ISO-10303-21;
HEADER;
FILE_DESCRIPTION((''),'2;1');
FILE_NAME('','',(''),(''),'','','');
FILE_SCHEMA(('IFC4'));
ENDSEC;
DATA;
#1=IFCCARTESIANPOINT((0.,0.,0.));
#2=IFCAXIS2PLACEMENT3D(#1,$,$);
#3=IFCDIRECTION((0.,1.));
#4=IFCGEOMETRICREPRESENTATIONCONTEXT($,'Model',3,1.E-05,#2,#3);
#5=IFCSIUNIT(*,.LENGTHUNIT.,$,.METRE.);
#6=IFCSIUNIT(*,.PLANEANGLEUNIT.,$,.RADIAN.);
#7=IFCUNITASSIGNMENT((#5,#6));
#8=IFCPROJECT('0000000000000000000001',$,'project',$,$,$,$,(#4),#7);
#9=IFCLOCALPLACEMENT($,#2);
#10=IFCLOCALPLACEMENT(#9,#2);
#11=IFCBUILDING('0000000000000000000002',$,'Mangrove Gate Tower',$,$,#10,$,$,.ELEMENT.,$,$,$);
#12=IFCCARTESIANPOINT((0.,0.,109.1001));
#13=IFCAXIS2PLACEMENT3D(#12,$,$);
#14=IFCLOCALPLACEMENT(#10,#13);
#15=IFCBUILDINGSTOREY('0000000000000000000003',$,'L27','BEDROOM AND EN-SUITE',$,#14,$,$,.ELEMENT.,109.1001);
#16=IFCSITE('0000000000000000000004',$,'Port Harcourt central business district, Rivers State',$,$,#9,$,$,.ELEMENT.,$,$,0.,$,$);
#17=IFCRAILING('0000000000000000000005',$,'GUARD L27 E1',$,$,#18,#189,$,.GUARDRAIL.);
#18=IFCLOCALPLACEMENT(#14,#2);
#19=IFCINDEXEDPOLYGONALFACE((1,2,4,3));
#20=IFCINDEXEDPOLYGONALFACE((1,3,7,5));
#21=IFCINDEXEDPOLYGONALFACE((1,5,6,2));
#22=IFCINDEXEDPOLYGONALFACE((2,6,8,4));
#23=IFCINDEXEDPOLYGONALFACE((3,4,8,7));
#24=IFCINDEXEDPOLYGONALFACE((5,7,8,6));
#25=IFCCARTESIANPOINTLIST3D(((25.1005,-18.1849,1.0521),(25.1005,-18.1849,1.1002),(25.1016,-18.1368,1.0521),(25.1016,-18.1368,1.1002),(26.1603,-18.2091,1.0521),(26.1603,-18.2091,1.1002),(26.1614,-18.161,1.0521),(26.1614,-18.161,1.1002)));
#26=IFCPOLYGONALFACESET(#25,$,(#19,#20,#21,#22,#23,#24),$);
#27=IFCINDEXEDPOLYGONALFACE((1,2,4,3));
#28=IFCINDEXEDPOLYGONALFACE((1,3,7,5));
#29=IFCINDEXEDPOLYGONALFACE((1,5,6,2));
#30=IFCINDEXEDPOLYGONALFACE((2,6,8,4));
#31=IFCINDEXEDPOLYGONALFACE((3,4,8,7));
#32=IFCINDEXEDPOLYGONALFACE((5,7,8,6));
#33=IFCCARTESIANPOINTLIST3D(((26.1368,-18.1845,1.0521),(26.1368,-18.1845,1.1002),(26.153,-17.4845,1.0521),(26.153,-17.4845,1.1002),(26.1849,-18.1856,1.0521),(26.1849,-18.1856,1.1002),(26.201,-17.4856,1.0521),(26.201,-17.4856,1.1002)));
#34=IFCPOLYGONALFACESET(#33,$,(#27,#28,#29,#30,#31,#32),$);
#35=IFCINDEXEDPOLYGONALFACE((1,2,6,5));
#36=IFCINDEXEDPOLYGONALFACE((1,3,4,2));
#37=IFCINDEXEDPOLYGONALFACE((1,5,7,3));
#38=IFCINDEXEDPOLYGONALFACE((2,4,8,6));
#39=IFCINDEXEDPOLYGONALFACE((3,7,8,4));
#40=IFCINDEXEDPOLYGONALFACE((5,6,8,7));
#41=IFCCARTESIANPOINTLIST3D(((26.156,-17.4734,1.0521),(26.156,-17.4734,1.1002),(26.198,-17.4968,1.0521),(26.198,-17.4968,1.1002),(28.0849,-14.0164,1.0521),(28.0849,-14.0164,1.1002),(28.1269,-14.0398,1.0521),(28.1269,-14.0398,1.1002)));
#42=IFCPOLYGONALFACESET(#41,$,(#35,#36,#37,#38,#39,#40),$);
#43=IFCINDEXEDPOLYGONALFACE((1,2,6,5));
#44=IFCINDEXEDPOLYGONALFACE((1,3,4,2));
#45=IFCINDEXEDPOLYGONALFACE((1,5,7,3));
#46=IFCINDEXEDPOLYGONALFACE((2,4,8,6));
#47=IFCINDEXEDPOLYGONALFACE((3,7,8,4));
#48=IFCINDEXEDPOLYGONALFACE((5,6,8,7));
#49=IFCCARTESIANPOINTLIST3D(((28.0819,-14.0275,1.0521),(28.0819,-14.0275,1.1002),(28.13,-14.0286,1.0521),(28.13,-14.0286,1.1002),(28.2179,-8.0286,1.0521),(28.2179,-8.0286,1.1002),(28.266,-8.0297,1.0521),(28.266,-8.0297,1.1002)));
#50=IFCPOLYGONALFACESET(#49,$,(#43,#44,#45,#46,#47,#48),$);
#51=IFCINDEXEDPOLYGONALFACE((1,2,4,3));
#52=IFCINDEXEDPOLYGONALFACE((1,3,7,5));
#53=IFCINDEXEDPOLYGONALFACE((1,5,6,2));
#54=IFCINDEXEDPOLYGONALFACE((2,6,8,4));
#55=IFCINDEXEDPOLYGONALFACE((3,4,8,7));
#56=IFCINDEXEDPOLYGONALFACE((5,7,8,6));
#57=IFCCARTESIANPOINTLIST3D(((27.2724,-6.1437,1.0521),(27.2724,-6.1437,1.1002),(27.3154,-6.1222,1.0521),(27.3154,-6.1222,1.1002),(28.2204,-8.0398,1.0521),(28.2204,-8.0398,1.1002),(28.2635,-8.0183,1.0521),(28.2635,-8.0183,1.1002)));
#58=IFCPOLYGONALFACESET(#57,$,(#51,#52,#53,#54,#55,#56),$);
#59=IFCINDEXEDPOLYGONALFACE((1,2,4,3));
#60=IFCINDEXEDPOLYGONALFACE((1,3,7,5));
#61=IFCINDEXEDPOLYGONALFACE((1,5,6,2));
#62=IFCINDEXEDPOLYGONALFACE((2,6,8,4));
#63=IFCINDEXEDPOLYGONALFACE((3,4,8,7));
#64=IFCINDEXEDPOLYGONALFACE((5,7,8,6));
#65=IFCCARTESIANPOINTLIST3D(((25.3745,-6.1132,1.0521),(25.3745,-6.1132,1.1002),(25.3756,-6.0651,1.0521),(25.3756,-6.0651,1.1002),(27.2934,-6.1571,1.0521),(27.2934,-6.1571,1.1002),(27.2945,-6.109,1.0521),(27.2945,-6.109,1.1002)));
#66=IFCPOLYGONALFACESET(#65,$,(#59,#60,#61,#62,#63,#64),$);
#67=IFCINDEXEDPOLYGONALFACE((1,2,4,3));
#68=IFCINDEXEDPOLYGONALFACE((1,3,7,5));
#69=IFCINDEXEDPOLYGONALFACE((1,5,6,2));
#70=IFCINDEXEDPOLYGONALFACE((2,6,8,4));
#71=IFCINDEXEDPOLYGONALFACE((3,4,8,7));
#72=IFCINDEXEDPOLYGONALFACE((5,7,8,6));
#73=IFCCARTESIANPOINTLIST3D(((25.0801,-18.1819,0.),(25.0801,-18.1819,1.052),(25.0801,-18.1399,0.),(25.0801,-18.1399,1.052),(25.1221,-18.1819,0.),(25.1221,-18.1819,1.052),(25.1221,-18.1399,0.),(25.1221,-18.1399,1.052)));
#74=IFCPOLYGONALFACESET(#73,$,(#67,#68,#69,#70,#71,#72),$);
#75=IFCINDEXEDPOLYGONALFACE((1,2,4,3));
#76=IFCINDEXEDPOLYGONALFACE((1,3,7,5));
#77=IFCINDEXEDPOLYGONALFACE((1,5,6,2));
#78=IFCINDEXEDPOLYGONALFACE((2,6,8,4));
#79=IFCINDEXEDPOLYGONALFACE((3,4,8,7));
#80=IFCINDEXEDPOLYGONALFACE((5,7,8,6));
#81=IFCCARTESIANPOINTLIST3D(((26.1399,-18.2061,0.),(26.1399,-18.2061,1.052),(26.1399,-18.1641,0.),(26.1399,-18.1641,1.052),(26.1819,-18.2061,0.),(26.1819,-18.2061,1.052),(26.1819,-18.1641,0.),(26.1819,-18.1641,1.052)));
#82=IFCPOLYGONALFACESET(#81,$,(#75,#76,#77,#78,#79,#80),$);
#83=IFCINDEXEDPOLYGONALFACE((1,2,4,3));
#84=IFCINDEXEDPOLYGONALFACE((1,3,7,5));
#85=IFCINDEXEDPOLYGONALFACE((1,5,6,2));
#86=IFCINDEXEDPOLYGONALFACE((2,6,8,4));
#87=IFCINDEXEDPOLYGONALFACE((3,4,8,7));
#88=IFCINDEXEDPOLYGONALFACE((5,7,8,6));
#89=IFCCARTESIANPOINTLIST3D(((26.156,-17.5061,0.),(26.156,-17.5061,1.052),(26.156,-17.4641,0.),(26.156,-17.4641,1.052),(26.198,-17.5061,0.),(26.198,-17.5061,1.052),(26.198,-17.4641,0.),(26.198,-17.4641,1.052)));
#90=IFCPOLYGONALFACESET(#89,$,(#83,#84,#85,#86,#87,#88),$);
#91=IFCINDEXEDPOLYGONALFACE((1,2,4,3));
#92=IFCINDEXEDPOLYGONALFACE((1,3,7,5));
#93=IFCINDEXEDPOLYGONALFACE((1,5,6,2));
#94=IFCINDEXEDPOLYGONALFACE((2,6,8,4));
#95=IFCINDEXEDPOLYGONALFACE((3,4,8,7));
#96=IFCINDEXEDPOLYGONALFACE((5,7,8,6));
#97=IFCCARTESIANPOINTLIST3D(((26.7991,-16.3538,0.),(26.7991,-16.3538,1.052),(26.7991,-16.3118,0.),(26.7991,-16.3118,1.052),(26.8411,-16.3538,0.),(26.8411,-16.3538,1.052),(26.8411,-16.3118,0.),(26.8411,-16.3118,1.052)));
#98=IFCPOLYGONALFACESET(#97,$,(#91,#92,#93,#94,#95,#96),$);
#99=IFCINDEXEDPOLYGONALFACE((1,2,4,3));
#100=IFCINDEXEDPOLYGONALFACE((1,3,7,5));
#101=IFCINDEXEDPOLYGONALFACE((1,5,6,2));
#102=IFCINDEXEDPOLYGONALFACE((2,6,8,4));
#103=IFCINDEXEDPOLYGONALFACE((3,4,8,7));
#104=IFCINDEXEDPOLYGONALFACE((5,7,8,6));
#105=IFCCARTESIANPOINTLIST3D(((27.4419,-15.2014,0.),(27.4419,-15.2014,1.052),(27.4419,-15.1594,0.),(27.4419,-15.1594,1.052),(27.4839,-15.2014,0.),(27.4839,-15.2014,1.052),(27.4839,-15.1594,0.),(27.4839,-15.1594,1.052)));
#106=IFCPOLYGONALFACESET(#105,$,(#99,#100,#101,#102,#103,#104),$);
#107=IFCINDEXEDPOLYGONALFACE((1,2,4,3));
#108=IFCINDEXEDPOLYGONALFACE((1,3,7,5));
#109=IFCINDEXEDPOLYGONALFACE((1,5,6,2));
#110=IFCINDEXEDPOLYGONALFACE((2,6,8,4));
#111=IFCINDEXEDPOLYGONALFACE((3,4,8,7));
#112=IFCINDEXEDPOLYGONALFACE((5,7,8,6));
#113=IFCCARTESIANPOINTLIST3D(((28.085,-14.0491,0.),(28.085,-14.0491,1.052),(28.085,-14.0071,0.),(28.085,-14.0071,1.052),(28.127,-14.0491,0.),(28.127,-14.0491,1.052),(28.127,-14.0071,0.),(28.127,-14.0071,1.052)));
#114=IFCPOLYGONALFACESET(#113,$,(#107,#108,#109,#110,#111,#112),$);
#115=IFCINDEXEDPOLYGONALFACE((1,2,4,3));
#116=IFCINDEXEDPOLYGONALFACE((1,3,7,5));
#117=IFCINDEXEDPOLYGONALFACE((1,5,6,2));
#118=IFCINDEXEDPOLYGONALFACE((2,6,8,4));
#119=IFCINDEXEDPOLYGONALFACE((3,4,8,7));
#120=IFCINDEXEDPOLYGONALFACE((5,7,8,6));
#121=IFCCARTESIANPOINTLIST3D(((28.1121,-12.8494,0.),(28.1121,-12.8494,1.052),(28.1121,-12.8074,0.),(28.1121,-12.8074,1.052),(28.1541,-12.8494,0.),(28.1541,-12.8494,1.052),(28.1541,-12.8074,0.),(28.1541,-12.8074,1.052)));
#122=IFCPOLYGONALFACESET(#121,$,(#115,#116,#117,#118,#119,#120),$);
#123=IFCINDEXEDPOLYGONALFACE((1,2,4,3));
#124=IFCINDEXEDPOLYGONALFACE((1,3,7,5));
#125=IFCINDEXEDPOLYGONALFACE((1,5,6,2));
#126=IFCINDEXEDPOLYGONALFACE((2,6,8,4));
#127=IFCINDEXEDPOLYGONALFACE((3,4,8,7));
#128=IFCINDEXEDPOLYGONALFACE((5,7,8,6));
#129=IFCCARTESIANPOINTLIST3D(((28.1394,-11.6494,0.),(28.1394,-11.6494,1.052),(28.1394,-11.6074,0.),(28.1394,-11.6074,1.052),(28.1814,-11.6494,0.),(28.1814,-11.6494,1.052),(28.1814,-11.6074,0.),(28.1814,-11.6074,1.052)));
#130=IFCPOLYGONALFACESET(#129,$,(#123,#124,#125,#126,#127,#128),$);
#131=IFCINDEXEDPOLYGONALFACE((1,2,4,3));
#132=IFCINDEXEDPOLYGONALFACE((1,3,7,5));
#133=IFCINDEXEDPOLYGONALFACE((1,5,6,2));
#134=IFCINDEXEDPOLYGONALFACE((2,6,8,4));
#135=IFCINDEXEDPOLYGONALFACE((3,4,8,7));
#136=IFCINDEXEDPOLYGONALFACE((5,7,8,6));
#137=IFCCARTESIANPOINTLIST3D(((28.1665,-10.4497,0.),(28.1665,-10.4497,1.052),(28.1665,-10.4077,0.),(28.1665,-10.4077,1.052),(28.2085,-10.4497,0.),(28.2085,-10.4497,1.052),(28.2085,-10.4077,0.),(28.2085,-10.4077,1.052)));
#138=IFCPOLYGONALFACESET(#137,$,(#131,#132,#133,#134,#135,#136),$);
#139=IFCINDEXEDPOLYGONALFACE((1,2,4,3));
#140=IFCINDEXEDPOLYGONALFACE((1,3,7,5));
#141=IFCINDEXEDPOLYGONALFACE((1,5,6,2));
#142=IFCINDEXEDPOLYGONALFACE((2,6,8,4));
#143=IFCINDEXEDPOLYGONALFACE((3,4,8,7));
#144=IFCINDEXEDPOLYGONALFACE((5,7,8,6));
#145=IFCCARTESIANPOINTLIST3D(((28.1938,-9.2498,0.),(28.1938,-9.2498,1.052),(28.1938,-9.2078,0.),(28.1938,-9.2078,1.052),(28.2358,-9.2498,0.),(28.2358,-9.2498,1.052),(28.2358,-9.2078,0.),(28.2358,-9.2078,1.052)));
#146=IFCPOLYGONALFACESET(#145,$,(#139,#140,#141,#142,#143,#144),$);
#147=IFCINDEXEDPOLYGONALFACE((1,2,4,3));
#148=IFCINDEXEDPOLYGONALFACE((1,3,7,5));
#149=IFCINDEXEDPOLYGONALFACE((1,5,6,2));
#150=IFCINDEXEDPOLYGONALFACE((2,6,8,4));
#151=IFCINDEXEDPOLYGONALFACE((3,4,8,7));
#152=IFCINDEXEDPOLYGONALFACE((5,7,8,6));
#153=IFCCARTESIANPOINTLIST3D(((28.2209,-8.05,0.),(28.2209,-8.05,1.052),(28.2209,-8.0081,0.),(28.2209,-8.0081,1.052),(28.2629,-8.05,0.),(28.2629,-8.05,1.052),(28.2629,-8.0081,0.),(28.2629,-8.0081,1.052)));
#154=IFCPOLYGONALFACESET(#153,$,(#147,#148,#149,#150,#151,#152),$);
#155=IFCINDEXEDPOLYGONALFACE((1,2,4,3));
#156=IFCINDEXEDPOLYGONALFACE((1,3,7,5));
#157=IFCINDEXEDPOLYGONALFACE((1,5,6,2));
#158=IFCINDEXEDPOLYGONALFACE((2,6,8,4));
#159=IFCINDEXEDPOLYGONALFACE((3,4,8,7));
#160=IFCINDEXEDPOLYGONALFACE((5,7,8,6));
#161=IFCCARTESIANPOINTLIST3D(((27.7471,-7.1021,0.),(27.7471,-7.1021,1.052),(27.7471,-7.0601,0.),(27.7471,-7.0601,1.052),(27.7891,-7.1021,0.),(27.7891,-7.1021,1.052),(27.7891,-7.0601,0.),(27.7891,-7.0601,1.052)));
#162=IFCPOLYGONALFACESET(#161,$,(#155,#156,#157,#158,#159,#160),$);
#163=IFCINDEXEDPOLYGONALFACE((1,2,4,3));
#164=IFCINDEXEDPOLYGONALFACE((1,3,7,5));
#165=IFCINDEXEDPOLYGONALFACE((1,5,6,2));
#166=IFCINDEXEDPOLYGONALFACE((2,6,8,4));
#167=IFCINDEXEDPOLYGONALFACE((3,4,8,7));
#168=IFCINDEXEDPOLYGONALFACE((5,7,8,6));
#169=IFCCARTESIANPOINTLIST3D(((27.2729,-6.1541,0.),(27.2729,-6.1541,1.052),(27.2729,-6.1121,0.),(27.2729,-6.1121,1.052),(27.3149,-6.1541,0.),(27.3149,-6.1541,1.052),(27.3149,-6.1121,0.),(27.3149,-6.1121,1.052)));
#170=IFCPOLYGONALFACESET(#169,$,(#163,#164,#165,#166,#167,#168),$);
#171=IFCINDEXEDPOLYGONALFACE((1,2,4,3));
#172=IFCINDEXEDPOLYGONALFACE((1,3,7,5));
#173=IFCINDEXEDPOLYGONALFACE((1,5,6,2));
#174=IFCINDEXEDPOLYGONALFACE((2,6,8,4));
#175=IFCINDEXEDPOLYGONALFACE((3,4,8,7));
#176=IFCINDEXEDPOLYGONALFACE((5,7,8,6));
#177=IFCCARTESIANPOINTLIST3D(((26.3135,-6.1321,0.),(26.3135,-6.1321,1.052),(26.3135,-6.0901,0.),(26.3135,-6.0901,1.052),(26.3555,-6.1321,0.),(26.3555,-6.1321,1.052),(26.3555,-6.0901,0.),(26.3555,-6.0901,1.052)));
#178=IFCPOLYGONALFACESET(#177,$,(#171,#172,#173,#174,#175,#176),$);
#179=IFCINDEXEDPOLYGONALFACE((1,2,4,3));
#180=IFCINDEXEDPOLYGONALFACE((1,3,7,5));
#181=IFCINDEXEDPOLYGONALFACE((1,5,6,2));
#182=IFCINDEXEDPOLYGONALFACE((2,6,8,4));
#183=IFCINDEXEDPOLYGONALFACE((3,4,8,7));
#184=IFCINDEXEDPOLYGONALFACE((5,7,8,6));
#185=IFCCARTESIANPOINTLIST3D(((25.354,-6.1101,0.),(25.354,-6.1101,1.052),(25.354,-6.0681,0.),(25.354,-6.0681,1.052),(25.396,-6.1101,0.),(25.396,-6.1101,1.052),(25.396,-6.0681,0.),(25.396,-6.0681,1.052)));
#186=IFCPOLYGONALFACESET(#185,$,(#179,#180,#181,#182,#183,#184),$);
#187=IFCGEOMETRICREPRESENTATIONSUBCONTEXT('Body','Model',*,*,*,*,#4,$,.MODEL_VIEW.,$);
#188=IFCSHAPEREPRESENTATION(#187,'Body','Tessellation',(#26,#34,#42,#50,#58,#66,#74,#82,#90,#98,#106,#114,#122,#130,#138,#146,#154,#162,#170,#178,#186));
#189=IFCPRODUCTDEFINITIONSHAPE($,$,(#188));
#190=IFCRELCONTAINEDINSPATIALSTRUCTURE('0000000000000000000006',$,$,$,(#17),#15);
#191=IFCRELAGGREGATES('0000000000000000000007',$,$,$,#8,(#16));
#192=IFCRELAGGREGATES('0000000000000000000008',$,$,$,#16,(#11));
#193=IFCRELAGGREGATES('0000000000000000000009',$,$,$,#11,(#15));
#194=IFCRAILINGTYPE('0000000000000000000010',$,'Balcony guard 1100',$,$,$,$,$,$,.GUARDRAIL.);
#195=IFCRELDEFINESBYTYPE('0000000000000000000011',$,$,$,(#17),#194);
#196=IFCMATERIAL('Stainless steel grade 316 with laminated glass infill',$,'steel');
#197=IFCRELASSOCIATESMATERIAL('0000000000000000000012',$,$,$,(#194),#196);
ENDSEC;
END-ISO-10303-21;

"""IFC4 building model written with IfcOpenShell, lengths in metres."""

from ifc_helpers import new_model, si_unit, direction, frame, origin, origin_2d, place, context, subcontext, project, spatial, rectangle, extrude, material, type_object, element, save


model = new_model("IFC4")

# Units and contexts
model_context = context("Model", 3, precision=1e-05, world=origin(), true_north=direction((0.0, 1.0)))
body_context = subcontext(model_context, "Body", "Model", "MODEL_VIEW")
ifc_project = project(units=[si_unit("LENGTHUNIT", "METRE"), si_unit("PLANEANGLEUNIT", "RADIAN")], contexts=[model_context])

# Site, building, storey
site_placement = place(None, origin())
site = spatial("IfcSite", under=ifc_project, at=site_placement, Name="Port Harcourt central business district, Rivers State", CompositionType="ELEMENT", RefElevation=0.0)
building_placement = place(site_placement, origin())
building = spatial("IfcBuilding", under=site, at=building_placement, Name="Mangrove Gate Tower", CompositionType="ELEMENT")
storey_placement = place(building_placement, frame((0.0, 0.0, 109.1001)))
storey = spatial("IfcBuildingStorey", under=building, at=storey_placement, Name="L27", Description="BEDROOM AND EN-SUITE", CompositionType="ELEMENT", Elevation=109.1001)

# Railing
ifc_material_1 = material(Name="Stainless steel grade 316 with laminated glass infill", Category="steel")
railing_type = type_object("IfcRailingType", Name="Balcony guard 1100", PredefinedType="GUARDRAIL", material=ifc_material_1)
railing_placement = place(storey_placement, frame((25.1011, -18.1609, 0.0)))
element("IfcRailing", 1, at=railing_placement, inside=storey, type_object=railing_type, Name="GUARD L27 E1", PredefinedType="GUARDRAIL", context=body_context, shape_type="SweptSolid", body=[
    extrude(rectangle(XDim=0.0481, YDim=0.0481, at=origin_2d()), frame((0.0, 0.0, 1.0762), z_axis=(0.99974, -0.0228, 0.0), x_axis=(0.0228, 0.99974, 0.0)), (0.0, 0.0, 1.0), 1.0601),
    extrude(rectangle(XDim=0.0481, YDim=0.0481, at=origin_2d()), frame((1.0598, -0.0242, 1.0762), z_axis=(0.023014, 0.999735, 0.0), x_axis=(-0.999735, 0.023014, 0.0)), (0.0, 0.0, 1.0), 0.7002),
    extrude(rectangle(XDim=0.0481, YDim=0.0481, at=origin_2d()), frame((1.0759, 0.6758, 1.0762), z_axis=(0.48726, 0.873257, 0.0), x_axis=(-0.873257, 0.48726, 0.0)), (0.0, 0.0, 1.0), 3.9587),
    extrude(rectangle(XDim=0.0481, YDim=0.0481, at=origin_2d()), frame((3.0049, 4.1328, 1.0762), z_axis=(0.022662, 0.999743, 0.0), x_axis=(-0.999743, 0.022662, 0.0)), (0.0, 0.0, 1.0), 6.0005),
    extrude(rectangle(XDim=0.0481, YDim=0.0481, at=origin_2d()), frame((3.1409, 10.1318, 1.0762), z_axis=(-0.447214, 0.894427, 0.0), x_axis=(-0.894427, -0.447214, 0.0)), (0.0, 0.0, 1.0), 2.1199),
    extrude(rectangle(XDim=0.0481, YDim=0.0481, at=origin_2d()), frame((2.1929, 12.0278, 1.0762), z_axis=(-0.999738, 0.022895, 0.0), x_axis=(-0.022895, -0.999738, 0.0)), (0.0, 0.0, 1.0), 1.9194),
    extrude(rectangle(XDim=0.042, YDim=0.042, at=origin_2d()), origin(), (0.0, 0.0, 1.0), 1.052),
    extrude(rectangle(XDim=0.042, YDim=0.042, at=origin_2d()), frame((1.0598, -0.0242, 0.0)), (0.0, 0.0, 1.0), 1.052),
    extrude(rectangle(XDim=0.042, YDim=0.042, at=origin_2d()), frame((1.0759, 0.6758, 0.0)), (0.0, 0.0, 1.0), 1.052),
    extrude(rectangle(XDim=0.042, YDim=0.042, at=origin_2d()), frame((1.719, 1.8281, 0.0)), (0.0, 0.0, 1.0), 1.052),
    extrude(rectangle(XDim=0.042, YDim=0.042, at=origin_2d()), frame((2.3618, 2.9805, 0.0)), (0.0, 0.0, 1.0), 1.052),
    extrude(rectangle(XDim=0.042, YDim=0.042, at=origin_2d()), frame((3.0049, 4.1328, 0.0)), (0.0, 0.0, 1.0), 1.052),
    extrude(rectangle(XDim=0.042, YDim=0.042, at=origin_2d()), frame((3.032, 5.3325, 0.0)), (0.0, 0.0, 1.0), 1.052),
    extrude(rectangle(XDim=0.042, YDim=0.042, at=origin_2d()), frame((3.0593, 6.5325, 0.0)), (0.0, 0.0, 1.0), 1.052),
    extrude(rectangle(XDim=0.042, YDim=0.042, at=origin_2d()), frame((3.0864, 7.7322, 0.0)), (0.0, 0.0, 1.0), 1.052),
    extrude(rectangle(XDim=0.042, YDim=0.042, at=origin_2d()), frame((3.1138, 8.9321, 0.0)), (0.0, 0.0, 1.0), 1.052),
    extrude(rectangle(XDim=0.042, YDim=0.042, at=origin_2d()), frame((3.1409, 10.1318, 0.0)), (0.0, 0.0, 1.0), 1.052),
    extrude(rectangle(XDim=0.042, YDim=0.042, at=origin_2d()), frame((2.667, 11.0798, 0.0)), (0.0, 0.0, 1.0), 1.052),
    extrude(rectangle(XDim=0.042, YDim=0.042, at=origin_2d()), frame((2.1929, 12.0278, 0.0)), (0.0, 0.0, 1.0), 1.052),
    extrude(rectangle(XDim=0.042, YDim=0.042, at=origin_2d()), frame((1.2334, 12.0498, 0.0)), (0.0, 0.0, 1.0), 1.052),
    extrude(rectangle(XDim=0.042, YDim=0.042, at=origin_2d()), frame((0.2739, 12.0718, 0.0)), (0.0, 0.0, 1.0), 1.052),
])

save(model, "model.ifc")
